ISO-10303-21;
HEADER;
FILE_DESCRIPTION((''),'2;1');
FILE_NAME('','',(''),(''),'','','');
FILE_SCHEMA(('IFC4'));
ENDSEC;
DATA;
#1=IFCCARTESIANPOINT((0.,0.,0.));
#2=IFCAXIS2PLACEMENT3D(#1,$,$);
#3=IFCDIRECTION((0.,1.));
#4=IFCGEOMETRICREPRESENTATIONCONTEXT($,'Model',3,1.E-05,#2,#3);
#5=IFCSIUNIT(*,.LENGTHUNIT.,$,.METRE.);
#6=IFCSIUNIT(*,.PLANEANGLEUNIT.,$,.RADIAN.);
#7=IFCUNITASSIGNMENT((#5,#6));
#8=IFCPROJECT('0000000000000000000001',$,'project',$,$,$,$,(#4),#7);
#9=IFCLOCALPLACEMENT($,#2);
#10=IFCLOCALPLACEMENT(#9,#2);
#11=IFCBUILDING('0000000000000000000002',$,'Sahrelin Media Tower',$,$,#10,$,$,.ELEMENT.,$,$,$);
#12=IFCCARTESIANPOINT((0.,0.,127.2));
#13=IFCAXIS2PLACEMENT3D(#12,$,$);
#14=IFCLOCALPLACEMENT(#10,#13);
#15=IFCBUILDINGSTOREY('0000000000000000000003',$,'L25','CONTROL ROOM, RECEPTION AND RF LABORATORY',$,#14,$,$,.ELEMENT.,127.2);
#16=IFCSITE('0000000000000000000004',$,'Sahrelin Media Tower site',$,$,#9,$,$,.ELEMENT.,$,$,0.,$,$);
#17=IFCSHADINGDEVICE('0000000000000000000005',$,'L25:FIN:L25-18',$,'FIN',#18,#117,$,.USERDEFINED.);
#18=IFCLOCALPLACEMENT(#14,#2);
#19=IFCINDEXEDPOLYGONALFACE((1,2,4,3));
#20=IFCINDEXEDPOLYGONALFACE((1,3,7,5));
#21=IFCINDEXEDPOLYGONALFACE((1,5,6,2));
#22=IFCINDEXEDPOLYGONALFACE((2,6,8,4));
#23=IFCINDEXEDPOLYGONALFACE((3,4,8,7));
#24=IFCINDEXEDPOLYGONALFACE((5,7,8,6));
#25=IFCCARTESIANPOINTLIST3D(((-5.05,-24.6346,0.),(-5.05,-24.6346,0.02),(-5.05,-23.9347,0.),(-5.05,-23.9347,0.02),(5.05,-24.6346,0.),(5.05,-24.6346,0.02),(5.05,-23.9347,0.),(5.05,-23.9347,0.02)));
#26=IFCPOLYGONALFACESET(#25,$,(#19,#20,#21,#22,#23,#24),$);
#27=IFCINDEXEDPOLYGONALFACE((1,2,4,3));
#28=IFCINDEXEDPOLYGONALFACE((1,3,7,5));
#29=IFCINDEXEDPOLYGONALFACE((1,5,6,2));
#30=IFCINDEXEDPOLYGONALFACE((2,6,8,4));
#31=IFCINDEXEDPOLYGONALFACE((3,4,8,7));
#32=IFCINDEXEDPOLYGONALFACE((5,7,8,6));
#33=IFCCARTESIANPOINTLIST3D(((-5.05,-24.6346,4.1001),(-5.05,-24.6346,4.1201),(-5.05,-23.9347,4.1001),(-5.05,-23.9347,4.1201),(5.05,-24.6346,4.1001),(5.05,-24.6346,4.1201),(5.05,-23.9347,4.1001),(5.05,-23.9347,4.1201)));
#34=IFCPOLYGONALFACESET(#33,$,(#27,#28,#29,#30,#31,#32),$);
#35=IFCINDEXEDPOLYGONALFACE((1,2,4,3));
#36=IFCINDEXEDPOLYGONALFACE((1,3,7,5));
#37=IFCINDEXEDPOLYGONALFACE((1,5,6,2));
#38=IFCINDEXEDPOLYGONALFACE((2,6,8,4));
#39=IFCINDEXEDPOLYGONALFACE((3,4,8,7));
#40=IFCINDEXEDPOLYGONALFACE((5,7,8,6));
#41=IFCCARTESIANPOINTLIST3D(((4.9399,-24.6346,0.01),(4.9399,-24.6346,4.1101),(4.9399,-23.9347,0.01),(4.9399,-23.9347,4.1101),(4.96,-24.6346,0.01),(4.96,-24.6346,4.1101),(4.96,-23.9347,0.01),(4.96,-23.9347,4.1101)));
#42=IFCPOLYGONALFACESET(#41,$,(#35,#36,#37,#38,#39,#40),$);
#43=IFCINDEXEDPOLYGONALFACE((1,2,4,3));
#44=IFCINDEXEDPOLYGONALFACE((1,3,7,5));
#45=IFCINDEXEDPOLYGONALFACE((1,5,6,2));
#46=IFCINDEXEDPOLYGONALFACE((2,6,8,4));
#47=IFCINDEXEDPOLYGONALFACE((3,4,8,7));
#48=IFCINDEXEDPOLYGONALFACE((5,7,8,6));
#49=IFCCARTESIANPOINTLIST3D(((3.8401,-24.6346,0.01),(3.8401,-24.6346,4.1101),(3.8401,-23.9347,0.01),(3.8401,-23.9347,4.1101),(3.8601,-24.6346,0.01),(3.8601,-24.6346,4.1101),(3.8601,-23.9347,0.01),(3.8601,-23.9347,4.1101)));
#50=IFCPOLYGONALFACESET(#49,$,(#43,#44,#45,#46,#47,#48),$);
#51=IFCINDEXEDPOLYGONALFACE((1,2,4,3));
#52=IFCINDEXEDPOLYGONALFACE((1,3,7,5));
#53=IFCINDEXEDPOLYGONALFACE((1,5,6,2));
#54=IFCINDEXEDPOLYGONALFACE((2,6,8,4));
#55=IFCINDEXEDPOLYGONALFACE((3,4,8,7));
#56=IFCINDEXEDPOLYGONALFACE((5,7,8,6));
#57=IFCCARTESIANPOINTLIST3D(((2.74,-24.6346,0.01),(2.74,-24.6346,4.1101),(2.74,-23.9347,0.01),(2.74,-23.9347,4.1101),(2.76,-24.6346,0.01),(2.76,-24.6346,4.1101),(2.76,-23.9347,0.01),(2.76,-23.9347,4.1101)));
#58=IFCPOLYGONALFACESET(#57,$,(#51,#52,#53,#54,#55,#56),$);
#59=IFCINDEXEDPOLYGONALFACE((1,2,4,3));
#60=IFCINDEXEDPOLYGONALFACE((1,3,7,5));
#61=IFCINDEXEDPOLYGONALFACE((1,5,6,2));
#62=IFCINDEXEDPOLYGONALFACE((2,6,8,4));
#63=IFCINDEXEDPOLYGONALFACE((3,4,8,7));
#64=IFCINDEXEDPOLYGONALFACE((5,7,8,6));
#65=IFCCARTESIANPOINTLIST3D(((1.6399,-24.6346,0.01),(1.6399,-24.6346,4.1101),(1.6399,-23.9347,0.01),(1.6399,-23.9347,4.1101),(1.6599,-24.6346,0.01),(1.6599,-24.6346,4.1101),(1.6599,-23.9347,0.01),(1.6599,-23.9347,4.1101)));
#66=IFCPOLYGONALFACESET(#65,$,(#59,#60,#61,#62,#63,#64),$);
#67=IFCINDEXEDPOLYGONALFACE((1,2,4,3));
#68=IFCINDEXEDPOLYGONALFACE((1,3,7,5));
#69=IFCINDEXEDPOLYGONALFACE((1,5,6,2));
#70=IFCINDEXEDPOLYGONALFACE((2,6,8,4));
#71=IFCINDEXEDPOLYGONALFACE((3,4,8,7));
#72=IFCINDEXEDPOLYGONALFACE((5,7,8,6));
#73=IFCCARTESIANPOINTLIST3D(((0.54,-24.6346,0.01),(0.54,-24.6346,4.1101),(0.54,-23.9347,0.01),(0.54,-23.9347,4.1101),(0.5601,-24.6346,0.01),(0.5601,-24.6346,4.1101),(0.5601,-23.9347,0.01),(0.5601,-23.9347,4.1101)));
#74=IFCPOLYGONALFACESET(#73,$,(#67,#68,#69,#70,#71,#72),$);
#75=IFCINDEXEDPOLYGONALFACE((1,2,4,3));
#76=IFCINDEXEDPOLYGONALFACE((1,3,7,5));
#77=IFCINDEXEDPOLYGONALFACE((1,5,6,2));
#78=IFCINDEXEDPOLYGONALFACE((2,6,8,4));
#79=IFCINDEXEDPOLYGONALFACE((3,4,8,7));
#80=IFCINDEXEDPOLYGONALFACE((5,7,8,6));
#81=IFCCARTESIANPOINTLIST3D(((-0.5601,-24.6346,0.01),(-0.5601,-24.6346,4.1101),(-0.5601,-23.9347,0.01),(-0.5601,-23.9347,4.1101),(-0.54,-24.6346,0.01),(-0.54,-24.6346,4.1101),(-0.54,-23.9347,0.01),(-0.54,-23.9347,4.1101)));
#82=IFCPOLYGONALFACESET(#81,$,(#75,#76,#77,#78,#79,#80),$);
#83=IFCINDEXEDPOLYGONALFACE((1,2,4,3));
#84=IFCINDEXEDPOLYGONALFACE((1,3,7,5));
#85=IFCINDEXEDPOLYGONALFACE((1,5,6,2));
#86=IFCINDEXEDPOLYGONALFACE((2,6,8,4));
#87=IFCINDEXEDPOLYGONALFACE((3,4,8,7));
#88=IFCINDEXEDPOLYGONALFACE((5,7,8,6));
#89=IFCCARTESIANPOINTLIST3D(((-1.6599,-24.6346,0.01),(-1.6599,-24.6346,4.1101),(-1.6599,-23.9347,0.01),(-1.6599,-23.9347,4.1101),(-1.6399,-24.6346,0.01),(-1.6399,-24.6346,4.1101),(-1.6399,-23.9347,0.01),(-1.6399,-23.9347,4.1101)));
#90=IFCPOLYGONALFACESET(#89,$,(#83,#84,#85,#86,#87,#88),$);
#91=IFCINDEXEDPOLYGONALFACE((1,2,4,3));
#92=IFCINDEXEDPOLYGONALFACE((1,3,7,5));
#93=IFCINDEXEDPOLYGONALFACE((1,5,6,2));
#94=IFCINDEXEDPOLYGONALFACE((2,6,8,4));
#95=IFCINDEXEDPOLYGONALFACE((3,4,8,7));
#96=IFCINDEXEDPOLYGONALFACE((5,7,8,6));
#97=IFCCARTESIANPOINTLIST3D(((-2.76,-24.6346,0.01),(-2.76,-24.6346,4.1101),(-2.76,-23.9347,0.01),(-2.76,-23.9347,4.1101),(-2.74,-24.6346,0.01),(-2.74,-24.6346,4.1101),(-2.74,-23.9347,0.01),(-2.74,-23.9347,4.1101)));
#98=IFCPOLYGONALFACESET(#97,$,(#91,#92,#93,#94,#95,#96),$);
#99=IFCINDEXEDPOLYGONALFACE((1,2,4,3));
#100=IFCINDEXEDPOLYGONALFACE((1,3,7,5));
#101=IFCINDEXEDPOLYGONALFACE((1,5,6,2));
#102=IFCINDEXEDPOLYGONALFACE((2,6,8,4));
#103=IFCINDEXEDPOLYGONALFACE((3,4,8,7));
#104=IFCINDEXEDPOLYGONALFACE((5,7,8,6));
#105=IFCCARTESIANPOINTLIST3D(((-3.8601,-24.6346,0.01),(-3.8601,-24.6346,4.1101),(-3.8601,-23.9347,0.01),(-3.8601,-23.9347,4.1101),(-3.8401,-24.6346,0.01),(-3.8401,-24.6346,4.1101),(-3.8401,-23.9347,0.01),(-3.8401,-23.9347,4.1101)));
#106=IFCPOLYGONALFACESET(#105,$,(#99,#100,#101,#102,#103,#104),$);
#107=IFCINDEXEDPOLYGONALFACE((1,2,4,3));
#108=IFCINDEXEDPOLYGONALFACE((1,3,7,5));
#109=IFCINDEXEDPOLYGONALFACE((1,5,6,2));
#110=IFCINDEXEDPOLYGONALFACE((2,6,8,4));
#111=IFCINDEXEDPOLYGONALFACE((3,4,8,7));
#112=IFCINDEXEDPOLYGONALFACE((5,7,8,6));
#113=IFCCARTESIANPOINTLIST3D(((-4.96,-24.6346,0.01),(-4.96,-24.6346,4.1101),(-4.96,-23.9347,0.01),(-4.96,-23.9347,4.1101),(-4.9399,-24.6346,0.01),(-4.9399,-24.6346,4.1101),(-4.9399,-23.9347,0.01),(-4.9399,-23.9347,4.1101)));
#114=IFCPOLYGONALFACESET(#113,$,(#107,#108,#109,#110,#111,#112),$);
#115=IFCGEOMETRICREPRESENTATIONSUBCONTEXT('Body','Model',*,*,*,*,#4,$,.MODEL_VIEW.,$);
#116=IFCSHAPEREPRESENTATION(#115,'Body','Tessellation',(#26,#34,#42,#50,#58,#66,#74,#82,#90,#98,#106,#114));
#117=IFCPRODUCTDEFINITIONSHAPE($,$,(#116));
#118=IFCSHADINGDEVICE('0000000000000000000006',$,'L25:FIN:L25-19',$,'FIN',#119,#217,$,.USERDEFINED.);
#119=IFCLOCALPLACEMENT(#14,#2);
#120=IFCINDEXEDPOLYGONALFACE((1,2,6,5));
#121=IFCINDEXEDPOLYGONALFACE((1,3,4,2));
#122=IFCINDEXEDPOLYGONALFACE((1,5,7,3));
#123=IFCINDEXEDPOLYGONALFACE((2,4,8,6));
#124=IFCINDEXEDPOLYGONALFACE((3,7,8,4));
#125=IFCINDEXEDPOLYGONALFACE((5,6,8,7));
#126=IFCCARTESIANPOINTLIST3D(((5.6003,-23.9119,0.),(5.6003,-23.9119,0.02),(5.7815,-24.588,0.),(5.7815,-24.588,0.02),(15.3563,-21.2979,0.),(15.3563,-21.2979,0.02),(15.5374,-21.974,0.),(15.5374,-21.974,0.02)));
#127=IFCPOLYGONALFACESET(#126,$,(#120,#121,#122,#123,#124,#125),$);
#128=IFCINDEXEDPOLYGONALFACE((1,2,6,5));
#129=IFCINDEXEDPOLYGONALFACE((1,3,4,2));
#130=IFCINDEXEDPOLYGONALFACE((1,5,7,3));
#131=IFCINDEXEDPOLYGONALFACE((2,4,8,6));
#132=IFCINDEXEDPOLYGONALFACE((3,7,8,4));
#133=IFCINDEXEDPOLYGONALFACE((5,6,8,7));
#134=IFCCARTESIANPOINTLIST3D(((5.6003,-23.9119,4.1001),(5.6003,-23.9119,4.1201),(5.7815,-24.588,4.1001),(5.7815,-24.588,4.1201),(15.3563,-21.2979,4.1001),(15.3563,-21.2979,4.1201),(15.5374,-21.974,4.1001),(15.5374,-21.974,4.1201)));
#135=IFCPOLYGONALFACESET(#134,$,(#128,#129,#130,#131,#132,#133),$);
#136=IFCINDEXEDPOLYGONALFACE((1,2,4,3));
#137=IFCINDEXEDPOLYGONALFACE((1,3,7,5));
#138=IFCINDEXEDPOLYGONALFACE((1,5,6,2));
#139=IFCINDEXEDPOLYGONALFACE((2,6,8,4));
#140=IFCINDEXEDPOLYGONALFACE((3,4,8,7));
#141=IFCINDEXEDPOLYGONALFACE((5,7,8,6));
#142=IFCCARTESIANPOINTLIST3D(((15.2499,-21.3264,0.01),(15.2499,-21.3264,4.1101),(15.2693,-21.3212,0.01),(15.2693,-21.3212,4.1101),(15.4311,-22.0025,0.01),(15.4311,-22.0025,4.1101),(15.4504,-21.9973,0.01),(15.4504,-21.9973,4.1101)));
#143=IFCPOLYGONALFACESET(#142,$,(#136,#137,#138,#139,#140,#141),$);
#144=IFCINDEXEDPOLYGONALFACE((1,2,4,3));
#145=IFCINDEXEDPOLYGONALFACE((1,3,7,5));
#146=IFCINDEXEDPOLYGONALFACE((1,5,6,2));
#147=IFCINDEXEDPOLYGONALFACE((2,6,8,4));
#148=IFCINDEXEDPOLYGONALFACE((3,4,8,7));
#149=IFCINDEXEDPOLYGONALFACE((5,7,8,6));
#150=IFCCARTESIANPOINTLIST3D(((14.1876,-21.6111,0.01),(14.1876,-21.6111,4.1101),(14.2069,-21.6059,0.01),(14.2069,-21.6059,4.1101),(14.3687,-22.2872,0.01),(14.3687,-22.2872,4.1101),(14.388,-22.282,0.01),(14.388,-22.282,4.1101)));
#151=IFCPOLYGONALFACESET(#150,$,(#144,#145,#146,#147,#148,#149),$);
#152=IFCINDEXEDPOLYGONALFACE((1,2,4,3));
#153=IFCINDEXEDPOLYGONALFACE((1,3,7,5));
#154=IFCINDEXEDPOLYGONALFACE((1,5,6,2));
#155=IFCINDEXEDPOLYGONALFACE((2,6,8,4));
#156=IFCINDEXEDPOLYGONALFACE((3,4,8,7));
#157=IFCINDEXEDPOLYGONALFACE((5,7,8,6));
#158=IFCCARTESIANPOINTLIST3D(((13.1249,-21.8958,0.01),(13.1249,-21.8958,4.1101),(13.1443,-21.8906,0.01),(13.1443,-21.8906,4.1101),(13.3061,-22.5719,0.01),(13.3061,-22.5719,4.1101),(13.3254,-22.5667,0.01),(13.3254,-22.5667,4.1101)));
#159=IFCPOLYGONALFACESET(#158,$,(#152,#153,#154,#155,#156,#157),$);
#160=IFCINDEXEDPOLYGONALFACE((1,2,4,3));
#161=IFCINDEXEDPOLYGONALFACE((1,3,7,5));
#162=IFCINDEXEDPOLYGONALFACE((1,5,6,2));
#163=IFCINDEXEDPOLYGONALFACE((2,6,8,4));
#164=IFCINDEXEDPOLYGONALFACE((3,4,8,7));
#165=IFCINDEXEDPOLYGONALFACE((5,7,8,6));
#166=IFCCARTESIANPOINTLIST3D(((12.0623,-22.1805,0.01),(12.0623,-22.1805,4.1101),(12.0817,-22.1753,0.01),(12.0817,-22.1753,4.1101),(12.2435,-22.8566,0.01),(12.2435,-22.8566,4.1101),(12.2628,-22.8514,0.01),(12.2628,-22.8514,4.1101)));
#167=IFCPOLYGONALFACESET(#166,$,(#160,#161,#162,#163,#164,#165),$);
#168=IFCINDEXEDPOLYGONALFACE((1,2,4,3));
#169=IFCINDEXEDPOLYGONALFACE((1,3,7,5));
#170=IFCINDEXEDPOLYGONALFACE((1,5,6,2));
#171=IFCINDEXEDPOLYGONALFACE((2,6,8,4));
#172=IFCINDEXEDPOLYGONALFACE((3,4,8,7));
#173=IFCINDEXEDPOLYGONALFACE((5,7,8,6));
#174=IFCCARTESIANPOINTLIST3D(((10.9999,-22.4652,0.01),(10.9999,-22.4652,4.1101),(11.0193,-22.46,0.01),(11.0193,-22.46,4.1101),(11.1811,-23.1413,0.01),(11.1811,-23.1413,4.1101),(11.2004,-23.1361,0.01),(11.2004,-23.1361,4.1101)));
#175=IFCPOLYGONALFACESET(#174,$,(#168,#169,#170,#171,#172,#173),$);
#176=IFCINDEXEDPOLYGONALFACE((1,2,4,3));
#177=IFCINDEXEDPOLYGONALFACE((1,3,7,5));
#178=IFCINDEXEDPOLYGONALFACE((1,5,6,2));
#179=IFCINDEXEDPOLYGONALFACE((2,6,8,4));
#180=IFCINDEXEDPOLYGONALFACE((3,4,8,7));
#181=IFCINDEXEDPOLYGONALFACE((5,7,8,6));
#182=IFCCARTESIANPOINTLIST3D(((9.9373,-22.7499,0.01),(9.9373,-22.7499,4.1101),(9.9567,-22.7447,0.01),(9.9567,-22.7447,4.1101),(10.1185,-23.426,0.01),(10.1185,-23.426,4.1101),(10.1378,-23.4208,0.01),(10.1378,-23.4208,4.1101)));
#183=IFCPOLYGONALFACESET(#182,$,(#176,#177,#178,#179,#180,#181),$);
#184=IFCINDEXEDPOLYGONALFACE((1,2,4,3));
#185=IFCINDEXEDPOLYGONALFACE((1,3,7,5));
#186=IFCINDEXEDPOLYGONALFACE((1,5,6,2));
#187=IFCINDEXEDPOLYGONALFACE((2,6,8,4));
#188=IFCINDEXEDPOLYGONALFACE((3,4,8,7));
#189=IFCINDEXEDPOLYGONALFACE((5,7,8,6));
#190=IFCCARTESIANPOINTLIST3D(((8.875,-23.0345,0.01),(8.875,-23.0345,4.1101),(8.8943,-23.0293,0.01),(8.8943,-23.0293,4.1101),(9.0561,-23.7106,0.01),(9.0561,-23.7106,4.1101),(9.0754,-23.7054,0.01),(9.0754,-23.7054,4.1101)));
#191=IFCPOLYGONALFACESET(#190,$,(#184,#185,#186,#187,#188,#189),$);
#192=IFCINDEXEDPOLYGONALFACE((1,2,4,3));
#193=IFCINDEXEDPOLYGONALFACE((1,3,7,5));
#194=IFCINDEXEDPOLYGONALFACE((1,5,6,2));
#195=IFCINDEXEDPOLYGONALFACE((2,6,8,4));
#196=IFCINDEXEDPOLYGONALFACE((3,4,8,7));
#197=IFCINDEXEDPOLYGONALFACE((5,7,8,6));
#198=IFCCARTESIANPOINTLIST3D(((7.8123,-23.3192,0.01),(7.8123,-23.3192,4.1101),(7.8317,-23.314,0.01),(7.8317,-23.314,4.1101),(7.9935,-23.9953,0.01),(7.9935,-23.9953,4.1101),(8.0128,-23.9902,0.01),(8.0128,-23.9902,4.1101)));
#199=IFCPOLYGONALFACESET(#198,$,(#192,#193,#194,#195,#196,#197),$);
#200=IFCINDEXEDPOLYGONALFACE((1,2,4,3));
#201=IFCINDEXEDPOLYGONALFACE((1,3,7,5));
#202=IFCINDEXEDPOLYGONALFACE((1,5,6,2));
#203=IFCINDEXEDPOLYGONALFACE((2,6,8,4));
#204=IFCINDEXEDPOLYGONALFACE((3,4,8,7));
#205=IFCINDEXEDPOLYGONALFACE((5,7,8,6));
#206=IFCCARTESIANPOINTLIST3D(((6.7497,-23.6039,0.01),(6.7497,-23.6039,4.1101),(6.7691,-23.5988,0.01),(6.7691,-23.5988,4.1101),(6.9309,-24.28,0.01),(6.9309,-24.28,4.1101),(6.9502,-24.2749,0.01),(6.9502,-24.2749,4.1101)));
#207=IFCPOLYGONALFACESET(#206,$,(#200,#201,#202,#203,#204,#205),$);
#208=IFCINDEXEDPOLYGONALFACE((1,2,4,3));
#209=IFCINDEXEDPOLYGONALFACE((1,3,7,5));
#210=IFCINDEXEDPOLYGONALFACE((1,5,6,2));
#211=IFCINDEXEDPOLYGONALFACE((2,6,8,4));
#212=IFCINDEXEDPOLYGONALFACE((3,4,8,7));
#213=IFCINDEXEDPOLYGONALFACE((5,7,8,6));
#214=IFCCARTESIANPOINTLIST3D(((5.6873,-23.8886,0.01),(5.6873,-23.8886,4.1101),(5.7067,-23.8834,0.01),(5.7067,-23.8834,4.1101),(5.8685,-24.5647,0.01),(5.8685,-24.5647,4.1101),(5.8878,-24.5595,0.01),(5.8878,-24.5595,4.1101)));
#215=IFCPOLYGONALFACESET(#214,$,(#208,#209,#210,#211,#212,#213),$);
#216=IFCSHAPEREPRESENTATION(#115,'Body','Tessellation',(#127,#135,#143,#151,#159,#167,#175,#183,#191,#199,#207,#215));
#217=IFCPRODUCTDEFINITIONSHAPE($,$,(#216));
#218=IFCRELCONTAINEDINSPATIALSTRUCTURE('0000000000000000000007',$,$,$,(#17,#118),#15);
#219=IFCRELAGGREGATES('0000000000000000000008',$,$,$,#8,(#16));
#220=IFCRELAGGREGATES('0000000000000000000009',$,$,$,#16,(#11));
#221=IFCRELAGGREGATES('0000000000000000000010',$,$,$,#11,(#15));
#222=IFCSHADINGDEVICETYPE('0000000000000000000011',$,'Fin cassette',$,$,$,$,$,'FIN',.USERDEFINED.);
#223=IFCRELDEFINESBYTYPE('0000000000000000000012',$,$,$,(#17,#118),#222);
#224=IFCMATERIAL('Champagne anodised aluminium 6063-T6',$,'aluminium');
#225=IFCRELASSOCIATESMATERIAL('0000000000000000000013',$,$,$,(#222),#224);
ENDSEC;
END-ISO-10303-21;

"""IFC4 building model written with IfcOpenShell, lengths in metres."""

from ifc_helpers import new_model, si_unit, direction, frame, origin, origin_2d, place, context, subcontext, project, spatial, rectangle, extrude, material, type_object, element, save


model = new_model("IFC4")

# Units and contexts
model_context = context("Model", 3, precision=1e-05, world=origin(), true_north=direction((0.0, 1.0)))
body_context = subcontext(model_context, "Body", "Model", "MODEL_VIEW")
ifc_project = project(units=[si_unit("LENGTHUNIT", "METRE"), si_unit("PLANEANGLEUNIT", "RADIAN")], contexts=[model_context])

# Site, building, storey
site_placement = place(None, origin())
site = spatial("IfcSite", under=ifc_project, at=site_placement, Name="Sahrelin Media Tower site", CompositionType="ELEMENT", RefElevation=0.0)
building_placement = place(site_placement, origin())
building = spatial("IfcBuilding", under=site, at=building_placement, Name="Sahrelin Media Tower", CompositionType="ELEMENT")
storey_placement = place(building_placement, frame((0.0, 0.0, 127.2)))
storey = spatial("IfcBuildingStorey", under=building, at=storey_placement, Name="L25", Description="CONTROL ROOM, RECEPTION AND RF LABORATORY", CompositionType="ELEMENT", Elevation=127.2)

# Shared definitions
ifc_material_1 = material(Name="Champagne anodised aluminium 6063-T6", Category="aluminium")

# Shading devices
shading_device_type_1 = type_object("IfcShadingDeviceType", Name="Fin cassette", ElementType="FIN", PredefinedType="USERDEFINED", material=ifc_material_1)
placement_1 = place(storey_placement, frame((0.0, -23.8647, 0.0), z_axis=(0.0, 0.0, 1.0), x_axis=(-1.0, 0.0, 0.0)))
element("IfcShadingDevice", 1, at=placement_1, inside=storey, type_object=shading_device_type_1, Name="L25:FIN:L25-18", ObjectType="FIN", PredefinedType="USERDEFINED", context=body_context, shape_type="SweptSolid", body=[
    extrude(rectangle(XDim=10.1001, YDim=0.7, at=origin_2d()), frame((0.0, 0.4199, 0.0)), (0.0, 0.0, 1.0), 0.02),
    extrude(rectangle(XDim=10.1001, YDim=0.7, at=origin_2d()), frame((0.0, 0.4199, 4.1001)), (0.0, 0.0, 1.0), 0.02),
    extrude(rectangle(XDim=0.02, YDim=0.7, at=origin_2d()), frame((-4.95, 0.4199, 0.01), z_axis=(0.0, 0.0, 1.0), x_axis=(1.0, 0.0, 0.0)), (0.0, 0.0, 1.0), 4.1001),
    extrude(rectangle(XDim=0.02, YDim=0.7, at=origin_2d()), frame((-3.8501, 0.4199, 0.01), z_axis=(0.0, 0.0, 1.0), x_axis=(1.0, 0.0, 0.0)), (0.0, 0.0, 1.0), 4.1001),
    extrude(rectangle(XDim=0.02, YDim=0.7, at=origin_2d()), frame((-2.75, 0.4199, 0.01), z_axis=(0.0, 0.0, 1.0), x_axis=(1.0, 0.0, 0.0)), (0.0, 0.0, 1.0), 4.1001),
    extrude(rectangle(XDim=0.02, YDim=0.7, at=origin_2d()), frame((-1.6499, 0.4199, 0.01), z_axis=(0.0, 0.0, 1.0), x_axis=(1.0, 0.0, 0.0)), (0.0, 0.0, 1.0), 4.1001),
    extrude(rectangle(XDim=0.02, YDim=0.7, at=origin_2d()), frame((-0.55, 0.4199, 0.01), z_axis=(0.0, 0.0, 1.0), x_axis=(1.0, 0.0, 0.0)), (0.0, 0.0, 1.0), 4.1001),
    extrude(rectangle(XDim=0.02, YDim=0.7, at=origin_2d()), frame((0.55, 0.4199, 0.01), z_axis=(0.0, 0.0, 1.0), x_axis=(1.0, 0.0, 0.0)), (0.0, 0.0, 1.0), 4.1001),
    extrude(rectangle(XDim=0.02, YDim=0.7, at=origin_2d()), frame((1.6499, 0.4199, 0.01), z_axis=(0.0, 0.0, 1.0), x_axis=(1.0, 0.0, 0.0)), (0.0, 0.0, 1.0), 4.1001),
    extrude(rectangle(XDim=0.02, YDim=0.7, at=origin_2d()), frame((2.75, 0.4199, 0.01), z_axis=(0.0, 0.0, 1.0), x_axis=(1.0, 0.0, 0.0)), (0.0, 0.0, 1.0), 4.1001),
    extrude(rectangle(XDim=0.02, YDim=0.7, at=origin_2d()), frame((3.8501, 0.4199, 0.01), z_axis=(0.0, 0.0, 1.0), x_axis=(1.0, 0.0, 0.0)), (0.0, 0.0, 1.0), 4.1001),
    extrude(rectangle(XDim=0.02, YDim=0.7, at=origin_2d()), frame((4.95, 0.4199, 0.01), z_axis=(0.0, 0.0, 1.0), x_axis=(1.0, 0.0, 0.0)), (0.0, 0.0, 1.0), 4.1001),
])
placement_2 = place(storey_placement, frame((10.4602, -22.5374, 0.0), z_axis=(0.0, 0.0, 1.0), x_axis=(-0.965929, -0.258808, 0.0)))
element("IfcShadingDevice", 2, at=placement_2, inside=storey, type_object=shading_device_type_1, Name="L25:FIN:L25-19", ObjectType="FIN", PredefinedType="USERDEFINED", context=body_context, shape_type="SweptSolid", body=[
    extrude(rectangle(XDim=10.1001, YDim=0.7, at=origin_2d()), frame((0.0, 0.4199, 0.0)), (0.0, 0.0, 1.0), 0.02),
    extrude(rectangle(XDim=10.1001, YDim=0.7, at=origin_2d()), frame((0.0, 0.4199, 4.1001)), (0.0, 0.0, 1.0), 0.02),
    extrude(rectangle(XDim=0.02, YDim=0.7, at=origin_2d()), frame((-4.95, 0.4199, 0.01), z_axis=(0.0, 0.0, 1.0), x_axis=(1.0, 0.0, 0.0)), (0.0, 0.0, 1.0), 4.1001),
    extrude(rectangle(XDim=0.02, YDim=0.7, at=origin_2d()), frame((-3.8501, 0.4199, 0.01), z_axis=(0.0, 0.0, 1.0), x_axis=(1.0, 0.0, 0.0)), (0.0, 0.0, 1.0), 4.1001),
    extrude(rectangle(XDim=0.02, YDim=0.7, at=origin_2d()), frame((-2.75, 0.4199, 0.01), z_axis=(0.0, 0.0, 1.0), x_axis=(1.0, 0.0, 0.0)), (0.0, 0.0, 1.0), 4.1001),
    extrude(rectangle(XDim=0.02, YDim=0.7, at=origin_2d()), frame((-1.6499, 0.4199, 0.01), z_axis=(0.0, 0.0, 1.0), x_axis=(1.0, 0.0, 0.0)), (0.0, 0.0, 1.0), 4.1001),
    extrude(rectangle(XDim=0.02, YDim=0.7, at=origin_2d()), frame((-0.55, 0.4199, 0.01), z_axis=(0.0, 0.0, 1.0), x_axis=(1.0, 0.0, 0.0)), (0.0, 0.0, 1.0), 4.1001),
    extrude(rectangle(XDim=0.02, YDim=0.7, at=origin_2d()), frame((0.55, 0.4199, 0.01), z_axis=(0.0, 0.0, 1.0), x_axis=(1.0, 0.0, 0.0)), (0.0, 0.0, 1.0), 4.1001),
    extrude(rectangle(XDim=0.02, YDim=0.7, at=origin_2d()), frame((1.6499, 0.4199, 0.01), z_axis=(0.0, 0.0, 1.0), x_axis=(1.0, 0.0, 0.0)), (0.0, 0.0, 1.0), 4.1001),
    extrude(rectangle(XDim=0.02, YDim=0.7, at=origin_2d()), frame((2.75, 0.4199, 0.01), z_axis=(0.0, 0.0, 1.0), x_axis=(1.0, 0.0, 0.0)), (0.0, 0.0, 1.0), 4.1001),
    extrude(rectangle(XDim=0.02, YDim=0.7, at=origin_2d()), frame((3.8501, 0.4199, 0.01), z_axis=(0.0, 0.0, 1.0), x_axis=(1.0, 0.0, 0.0)), (0.0, 0.0, 1.0), 4.1001),
    extrude(rectangle(XDim=0.02, YDim=0.7, at=origin_2d()), frame((4.95, 0.4199, 0.01), z_axis=(0.0, 0.0, 1.0), x_axis=(1.0, 0.0, 0.0)), (0.0, 0.0, 1.0), 4.1001),
])

save(model, "model.ifc")
